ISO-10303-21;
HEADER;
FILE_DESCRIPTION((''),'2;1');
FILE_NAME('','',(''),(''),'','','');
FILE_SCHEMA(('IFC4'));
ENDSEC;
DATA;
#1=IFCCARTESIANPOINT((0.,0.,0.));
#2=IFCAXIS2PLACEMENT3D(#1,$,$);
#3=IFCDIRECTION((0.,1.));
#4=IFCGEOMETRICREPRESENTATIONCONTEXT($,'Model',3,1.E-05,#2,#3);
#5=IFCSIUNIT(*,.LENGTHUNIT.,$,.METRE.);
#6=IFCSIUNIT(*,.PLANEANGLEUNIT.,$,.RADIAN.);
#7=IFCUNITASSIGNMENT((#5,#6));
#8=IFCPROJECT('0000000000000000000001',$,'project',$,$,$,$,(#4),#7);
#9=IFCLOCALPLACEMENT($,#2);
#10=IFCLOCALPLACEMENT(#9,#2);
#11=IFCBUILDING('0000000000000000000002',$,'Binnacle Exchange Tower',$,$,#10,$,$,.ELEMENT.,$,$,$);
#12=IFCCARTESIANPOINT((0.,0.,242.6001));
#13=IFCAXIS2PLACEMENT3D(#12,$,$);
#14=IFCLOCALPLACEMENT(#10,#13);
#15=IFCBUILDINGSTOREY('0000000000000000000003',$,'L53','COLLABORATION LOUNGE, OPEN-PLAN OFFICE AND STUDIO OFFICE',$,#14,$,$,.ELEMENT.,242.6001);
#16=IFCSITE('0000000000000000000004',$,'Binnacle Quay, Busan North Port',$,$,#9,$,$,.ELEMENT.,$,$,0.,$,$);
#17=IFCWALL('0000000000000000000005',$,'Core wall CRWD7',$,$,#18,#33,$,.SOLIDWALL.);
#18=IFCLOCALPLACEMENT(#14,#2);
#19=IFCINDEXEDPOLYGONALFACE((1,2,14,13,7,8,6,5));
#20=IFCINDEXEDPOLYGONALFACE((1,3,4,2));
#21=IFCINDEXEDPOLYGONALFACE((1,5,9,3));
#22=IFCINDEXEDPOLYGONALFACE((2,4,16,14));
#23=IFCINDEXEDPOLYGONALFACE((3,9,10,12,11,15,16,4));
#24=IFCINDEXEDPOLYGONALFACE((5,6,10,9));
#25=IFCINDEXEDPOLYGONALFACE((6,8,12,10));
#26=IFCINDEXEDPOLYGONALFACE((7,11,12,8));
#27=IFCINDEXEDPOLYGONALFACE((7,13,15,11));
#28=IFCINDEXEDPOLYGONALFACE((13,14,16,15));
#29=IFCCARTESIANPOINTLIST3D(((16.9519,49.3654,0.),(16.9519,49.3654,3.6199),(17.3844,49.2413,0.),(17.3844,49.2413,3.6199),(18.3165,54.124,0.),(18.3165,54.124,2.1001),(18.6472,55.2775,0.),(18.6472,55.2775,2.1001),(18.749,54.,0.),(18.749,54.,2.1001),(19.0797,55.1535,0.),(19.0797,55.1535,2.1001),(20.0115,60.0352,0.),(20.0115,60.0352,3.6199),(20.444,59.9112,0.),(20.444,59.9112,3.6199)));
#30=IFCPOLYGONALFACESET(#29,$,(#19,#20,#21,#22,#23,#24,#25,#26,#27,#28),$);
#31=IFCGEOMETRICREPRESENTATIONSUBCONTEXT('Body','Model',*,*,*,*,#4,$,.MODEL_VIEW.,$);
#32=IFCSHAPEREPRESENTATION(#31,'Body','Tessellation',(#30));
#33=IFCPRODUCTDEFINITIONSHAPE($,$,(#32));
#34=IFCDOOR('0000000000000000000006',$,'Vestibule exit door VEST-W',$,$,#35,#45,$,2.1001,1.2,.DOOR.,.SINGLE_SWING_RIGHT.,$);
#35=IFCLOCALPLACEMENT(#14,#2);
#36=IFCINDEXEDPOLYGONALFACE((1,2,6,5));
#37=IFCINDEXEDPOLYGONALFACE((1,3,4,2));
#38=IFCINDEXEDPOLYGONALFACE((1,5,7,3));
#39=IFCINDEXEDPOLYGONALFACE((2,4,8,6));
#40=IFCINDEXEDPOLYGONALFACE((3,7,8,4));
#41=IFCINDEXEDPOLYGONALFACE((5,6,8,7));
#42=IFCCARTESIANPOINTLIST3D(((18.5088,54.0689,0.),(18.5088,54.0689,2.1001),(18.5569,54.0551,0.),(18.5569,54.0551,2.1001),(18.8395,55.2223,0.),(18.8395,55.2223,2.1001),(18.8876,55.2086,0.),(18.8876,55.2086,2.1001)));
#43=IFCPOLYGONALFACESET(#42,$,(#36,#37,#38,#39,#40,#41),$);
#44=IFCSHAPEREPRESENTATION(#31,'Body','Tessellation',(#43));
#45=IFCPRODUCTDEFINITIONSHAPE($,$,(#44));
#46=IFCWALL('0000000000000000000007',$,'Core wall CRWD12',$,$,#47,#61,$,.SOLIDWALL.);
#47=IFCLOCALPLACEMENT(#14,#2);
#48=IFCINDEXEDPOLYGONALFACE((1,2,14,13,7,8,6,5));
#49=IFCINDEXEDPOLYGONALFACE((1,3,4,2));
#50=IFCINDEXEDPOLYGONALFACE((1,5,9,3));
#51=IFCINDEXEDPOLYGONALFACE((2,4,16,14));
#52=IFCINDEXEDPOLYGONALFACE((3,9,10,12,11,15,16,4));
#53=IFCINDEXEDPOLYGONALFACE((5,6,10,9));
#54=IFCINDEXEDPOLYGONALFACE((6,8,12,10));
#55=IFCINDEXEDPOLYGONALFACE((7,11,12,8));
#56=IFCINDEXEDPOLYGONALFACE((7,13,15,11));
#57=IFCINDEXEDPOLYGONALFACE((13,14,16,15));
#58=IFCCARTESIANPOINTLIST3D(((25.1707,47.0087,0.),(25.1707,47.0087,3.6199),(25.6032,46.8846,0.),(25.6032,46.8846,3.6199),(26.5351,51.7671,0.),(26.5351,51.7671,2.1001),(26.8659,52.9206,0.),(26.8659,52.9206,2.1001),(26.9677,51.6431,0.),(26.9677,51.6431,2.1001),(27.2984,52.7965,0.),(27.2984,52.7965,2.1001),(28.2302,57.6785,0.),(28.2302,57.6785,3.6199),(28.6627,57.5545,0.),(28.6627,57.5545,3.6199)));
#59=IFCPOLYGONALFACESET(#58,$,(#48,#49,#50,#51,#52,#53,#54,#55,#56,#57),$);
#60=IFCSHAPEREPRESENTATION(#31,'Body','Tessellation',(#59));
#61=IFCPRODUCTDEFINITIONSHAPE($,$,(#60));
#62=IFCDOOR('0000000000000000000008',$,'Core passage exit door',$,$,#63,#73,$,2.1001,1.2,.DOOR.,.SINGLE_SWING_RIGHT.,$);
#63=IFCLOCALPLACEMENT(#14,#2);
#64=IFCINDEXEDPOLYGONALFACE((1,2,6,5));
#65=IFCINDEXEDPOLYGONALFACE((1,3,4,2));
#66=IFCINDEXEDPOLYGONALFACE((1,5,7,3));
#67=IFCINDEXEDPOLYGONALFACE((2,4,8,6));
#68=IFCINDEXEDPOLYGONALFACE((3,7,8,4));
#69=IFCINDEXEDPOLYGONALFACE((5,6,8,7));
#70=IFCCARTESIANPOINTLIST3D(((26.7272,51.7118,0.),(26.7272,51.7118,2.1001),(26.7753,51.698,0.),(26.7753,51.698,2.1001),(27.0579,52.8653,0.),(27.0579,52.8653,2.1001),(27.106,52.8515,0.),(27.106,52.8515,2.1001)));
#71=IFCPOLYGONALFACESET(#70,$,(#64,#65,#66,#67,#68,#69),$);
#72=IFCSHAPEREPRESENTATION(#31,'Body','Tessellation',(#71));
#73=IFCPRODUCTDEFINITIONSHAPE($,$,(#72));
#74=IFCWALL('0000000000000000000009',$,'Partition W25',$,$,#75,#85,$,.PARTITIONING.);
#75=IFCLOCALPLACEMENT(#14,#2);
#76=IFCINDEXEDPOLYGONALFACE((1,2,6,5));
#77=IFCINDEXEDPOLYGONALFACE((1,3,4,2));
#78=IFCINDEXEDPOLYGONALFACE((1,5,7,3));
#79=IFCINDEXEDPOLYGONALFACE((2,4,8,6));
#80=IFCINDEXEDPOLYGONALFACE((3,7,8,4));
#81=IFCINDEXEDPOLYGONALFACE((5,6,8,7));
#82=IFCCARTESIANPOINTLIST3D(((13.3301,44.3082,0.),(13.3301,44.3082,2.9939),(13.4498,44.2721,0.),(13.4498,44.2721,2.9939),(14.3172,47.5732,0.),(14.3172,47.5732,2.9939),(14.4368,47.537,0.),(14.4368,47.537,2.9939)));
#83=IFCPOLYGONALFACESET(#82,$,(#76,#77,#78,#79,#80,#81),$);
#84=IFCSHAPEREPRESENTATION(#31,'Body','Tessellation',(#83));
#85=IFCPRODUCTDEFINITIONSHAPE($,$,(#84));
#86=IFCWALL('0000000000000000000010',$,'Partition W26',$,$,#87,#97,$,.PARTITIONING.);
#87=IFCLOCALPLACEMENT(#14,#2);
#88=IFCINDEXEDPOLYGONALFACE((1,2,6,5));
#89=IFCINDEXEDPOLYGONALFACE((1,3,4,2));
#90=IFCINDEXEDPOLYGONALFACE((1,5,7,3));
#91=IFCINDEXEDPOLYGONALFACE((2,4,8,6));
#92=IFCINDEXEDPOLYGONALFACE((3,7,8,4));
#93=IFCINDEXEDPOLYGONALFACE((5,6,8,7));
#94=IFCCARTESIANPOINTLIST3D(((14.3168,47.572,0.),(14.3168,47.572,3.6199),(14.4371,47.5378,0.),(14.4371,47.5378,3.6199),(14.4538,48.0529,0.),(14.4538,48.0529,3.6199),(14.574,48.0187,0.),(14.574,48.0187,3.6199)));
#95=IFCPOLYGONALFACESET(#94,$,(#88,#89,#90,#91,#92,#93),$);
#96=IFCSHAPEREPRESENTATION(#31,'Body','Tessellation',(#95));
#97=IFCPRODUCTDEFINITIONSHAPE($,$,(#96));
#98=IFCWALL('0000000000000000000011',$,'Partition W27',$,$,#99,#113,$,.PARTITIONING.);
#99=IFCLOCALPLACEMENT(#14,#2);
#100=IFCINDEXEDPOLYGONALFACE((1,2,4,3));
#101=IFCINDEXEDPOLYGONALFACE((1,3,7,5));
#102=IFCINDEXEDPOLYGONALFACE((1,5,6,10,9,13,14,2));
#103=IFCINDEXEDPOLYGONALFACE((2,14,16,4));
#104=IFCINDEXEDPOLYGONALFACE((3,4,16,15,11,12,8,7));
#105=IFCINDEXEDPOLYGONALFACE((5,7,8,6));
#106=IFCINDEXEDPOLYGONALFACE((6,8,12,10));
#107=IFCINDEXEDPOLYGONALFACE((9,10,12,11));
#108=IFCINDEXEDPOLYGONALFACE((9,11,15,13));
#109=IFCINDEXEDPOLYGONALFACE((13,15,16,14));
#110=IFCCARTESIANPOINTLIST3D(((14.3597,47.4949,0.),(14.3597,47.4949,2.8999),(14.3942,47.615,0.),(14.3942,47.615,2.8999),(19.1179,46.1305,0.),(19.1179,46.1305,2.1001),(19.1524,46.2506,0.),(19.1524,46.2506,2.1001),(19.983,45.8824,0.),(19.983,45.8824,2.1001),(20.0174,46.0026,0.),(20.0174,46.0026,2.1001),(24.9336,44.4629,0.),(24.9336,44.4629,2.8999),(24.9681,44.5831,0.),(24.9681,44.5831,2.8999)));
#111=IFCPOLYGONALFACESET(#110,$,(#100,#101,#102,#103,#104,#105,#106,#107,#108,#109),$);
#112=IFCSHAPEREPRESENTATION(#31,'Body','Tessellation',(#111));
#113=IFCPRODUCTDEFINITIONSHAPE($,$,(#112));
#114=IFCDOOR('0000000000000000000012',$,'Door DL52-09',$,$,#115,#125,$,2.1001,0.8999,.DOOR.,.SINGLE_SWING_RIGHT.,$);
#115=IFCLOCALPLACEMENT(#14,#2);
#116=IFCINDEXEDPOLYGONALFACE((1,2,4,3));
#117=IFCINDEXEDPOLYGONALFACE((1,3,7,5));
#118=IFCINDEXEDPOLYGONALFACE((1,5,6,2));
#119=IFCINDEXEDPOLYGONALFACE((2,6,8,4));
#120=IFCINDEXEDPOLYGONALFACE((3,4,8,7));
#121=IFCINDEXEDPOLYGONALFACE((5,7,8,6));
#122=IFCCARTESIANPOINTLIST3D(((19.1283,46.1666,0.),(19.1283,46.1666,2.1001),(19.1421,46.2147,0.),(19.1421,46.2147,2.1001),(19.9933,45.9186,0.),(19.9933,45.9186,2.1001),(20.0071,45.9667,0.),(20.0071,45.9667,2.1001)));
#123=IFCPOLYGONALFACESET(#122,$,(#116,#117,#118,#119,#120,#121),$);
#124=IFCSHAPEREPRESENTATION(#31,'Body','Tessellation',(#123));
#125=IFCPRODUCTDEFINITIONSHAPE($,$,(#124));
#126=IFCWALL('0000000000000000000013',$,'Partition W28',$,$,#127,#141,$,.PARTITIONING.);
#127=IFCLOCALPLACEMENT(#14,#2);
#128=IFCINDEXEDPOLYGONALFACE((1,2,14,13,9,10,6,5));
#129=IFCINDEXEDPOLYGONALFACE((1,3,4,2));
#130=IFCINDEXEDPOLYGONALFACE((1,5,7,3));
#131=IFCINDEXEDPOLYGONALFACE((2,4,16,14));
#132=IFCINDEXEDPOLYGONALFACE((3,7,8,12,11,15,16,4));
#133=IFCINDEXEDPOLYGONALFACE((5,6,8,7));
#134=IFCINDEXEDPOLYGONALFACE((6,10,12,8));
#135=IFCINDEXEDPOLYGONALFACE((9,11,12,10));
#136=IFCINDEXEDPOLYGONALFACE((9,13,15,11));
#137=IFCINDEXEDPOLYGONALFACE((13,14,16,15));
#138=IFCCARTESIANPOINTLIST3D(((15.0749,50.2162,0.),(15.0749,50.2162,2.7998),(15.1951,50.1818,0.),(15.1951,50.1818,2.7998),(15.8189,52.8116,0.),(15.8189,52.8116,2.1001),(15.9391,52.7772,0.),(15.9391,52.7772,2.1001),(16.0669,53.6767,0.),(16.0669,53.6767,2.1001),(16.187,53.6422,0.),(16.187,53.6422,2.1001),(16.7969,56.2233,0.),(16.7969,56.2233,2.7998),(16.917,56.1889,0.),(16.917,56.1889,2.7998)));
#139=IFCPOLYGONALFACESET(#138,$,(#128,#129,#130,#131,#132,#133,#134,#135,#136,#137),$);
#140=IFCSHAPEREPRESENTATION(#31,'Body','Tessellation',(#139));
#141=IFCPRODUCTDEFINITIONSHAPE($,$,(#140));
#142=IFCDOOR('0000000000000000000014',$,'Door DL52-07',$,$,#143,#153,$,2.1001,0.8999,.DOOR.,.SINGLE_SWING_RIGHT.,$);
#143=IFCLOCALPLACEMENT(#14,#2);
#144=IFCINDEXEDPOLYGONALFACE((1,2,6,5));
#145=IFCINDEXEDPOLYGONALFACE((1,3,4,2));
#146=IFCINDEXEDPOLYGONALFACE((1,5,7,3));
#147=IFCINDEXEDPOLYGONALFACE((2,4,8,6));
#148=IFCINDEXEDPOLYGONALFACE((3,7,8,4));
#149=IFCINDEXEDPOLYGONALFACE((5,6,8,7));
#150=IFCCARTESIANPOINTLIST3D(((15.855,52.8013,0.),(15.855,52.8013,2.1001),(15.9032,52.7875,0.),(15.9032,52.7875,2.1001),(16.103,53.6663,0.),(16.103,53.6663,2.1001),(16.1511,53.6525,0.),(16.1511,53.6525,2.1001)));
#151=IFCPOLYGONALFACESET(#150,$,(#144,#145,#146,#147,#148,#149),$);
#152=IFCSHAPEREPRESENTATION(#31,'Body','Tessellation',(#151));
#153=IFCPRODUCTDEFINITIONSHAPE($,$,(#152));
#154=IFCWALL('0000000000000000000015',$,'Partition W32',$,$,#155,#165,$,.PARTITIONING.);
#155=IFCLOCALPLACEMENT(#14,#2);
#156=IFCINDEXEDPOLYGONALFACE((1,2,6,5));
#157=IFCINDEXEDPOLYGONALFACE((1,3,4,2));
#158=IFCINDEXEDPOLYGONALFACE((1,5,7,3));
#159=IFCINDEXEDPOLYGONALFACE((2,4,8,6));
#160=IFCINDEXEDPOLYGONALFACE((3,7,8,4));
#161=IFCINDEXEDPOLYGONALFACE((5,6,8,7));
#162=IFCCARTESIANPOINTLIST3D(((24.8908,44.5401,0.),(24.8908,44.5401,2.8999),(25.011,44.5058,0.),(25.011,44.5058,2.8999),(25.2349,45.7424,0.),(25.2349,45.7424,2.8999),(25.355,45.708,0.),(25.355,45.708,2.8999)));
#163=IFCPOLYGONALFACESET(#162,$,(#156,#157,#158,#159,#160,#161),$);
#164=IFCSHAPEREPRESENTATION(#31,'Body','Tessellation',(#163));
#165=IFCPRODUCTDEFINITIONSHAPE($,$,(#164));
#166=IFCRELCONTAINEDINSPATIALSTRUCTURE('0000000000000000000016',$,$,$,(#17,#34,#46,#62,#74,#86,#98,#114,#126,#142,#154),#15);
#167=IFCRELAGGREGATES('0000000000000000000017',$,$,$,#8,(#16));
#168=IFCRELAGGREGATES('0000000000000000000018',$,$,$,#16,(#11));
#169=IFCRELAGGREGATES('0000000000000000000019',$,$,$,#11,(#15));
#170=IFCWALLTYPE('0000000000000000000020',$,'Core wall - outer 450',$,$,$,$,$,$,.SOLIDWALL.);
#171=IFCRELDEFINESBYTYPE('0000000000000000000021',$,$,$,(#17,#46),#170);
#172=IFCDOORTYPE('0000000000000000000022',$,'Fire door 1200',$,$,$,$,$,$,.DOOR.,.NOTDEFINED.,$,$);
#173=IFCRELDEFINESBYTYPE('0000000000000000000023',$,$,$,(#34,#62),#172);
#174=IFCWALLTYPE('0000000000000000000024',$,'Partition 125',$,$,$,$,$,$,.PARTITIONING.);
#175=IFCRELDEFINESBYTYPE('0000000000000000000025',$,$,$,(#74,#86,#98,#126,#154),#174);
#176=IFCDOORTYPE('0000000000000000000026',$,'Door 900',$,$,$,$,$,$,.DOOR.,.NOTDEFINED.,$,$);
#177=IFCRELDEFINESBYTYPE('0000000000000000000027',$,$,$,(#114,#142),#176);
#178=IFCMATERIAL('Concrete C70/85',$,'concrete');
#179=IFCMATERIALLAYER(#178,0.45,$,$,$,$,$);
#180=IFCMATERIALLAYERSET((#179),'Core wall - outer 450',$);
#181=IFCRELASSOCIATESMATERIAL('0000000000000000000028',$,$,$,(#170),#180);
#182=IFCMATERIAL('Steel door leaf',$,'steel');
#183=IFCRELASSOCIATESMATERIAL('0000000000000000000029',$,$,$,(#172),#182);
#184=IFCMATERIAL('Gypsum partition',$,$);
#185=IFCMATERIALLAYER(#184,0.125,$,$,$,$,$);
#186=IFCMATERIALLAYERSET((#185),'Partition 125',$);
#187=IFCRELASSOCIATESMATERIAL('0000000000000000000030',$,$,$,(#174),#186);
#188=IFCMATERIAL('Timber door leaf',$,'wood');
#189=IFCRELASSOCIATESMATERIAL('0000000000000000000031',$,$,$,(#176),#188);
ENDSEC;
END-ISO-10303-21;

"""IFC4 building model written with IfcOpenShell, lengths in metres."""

from ifc_helpers import new_model, si_unit, direction, frame, frame_2d, origin, place, context, subcontext, project, spatial, rectangle, extrude, material, layer, layer_set, type_object, element, fill, save


model = new_model("IFC4")

# Units and contexts
model_context = context("Model", 3, precision=1e-05, world=origin(), true_north=direction((0.0, 1.0)))
body_context = subcontext(model_context, "Body", "Model", "MODEL_VIEW")
ifc_project = project(units=[si_unit("LENGTHUNIT", "METRE"), si_unit("PLANEANGLEUNIT", "RADIAN")], contexts=[model_context])

# Site, building, storey
site_placement = place(None, origin())
site = spatial("IfcSite", under=ifc_project, at=site_placement, Name="Binnacle Quay, Busan North Port", CompositionType="ELEMENT", RefElevation=0.0)
building_placement = place(site_placement, origin())
building = spatial("IfcBuilding", under=site, at=building_placement, Name="Binnacle Exchange Tower", CompositionType="ELEMENT")
storey_placement = place(building_placement, frame((0.0, 0.0, 242.6001)))
storey = spatial("IfcBuildingStorey", under=building, at=storey_placement, Name="L53", Description="COLLABORATION LOUNGE, OPEN-PLAN OFFICE AND STUDIO OFFICE", CompositionType="ELEMENT", Elevation=242.6001)

# Shared definitions
ifc_material_1 = material(Name="Concrete C70/85", Category="concrete")
ifc_layer_1 = layer(ifc_material_1, 0.45)
ifc_layer_set_1 = layer_set([ifc_layer_1], Name="Core wall - outer 450")
wall_type_1 = type_object("IfcWallType", Name="Core wall - outer 450", PredefinedType="SOLIDWALL", material=ifc_layer_set_1)

# Walls, openings, doors
wall_1_placement = place(storey_placement, frame((17.1682, 49.3035, 0.0), z_axis=(0.0, 0.0, 1.0), x_axis=(0.275639, 0.961261, 0.0)))
wall_1 = element("IfcWall", 1, at=wall_1_placement, inside=storey, type_object=wall_type_1, Name="Core wall CRWD7", PredefinedType="SOLIDWALL", context=body_context, shape_type="SweptSolid", body=[
    extrude(rectangle(XDim=11.0999, YDim=0.45, at=frame_2d((5.5498, 0.0))), origin(), (0.0, 0.0, 1.0), 3.6199),
])
opening_1_placement = place(wall_1_placement, frame((4.9502, 0.0, 0.0)))
opening_1 = element("IfcOpeningElement", 2, at=opening_1_placement, cuts=wall_1, PredefinedType="OPENING", context=body_context, shape_type="SweptSolid", body=[
    extrude(rectangle(XDim=1.2, YDim=2.1001, at=frame_2d((0.6001, 1.05))), frame((0.0, 0.2349, 0.0), z_axis=(0.0, -1.0, 0.0), x_axis=(1.0, 0.0, 0.0)), (0.0, 0.0, 1.0), 0.47),
])
ifc_material_2 = material(Name="Steel door leaf", Category="steel")
door_type_1 = type_object("IfcDoorType", Name="Fire door 1200", OperationType="NOTDEFINED", PredefinedType="DOOR", material=ifc_material_2)
door_1_placement = place(opening_1_placement, origin())
door_1 = element("IfcDoor", 3, at=door_1_placement, inside=storey, type_object=door_type_1, Name="Vestibule exit door VEST-W", OperationType="SINGLE_SWING_RIGHT", OverallHeight=2.1001, OverallWidth=1.2, PredefinedType="DOOR", context=body_context, shape_type="SweptSolid", body=[
    extrude(rectangle(XDim=1.2, YDim=2.1001, at=frame_2d((0.6001, 1.05))), frame((0.0, 0.0249, 0.0), z_axis=(0.0, -1.0, 0.0), x_axis=(1.0, 0.0, 0.0)), (0.0, 0.0, 1.0), 0.05),
])
fill(opening_1, door_1)
wall_2_placement = place(storey_placement, frame((25.387, 46.9468, 0.0), z_axis=(0.0, 0.0, 1.0), x_axis=(0.275639, 0.961261, 0.0)))
wall_2 = element("IfcWall", 4, at=wall_2_placement, inside=storey, type_object=wall_type_1, Name="Core wall CRWD12", PredefinedType="SOLIDWALL", context=body_context, shape_type="SweptSolid", body=[
    extrude(rectangle(XDim=11.0999, YDim=0.45, at=frame_2d((5.5498, 0.0))), origin(), (0.0, 0.0, 1.0), 3.6199),
])
opening_2_placement = place(wall_2_placement, frame((4.95, 0.0, 0.0)))
opening_2 = element("IfcOpeningElement", 5, at=opening_2_placement, cuts=wall_2, PredefinedType="OPENING", context=body_context, shape_type="SweptSolid", body=[
    extrude(rectangle(XDim=1.2, YDim=2.1001, at=frame_2d((0.6001, 1.05))), frame((0.0, 0.2349, 0.0), z_axis=(0.0, -1.0, 0.0), x_axis=(1.0, 0.0, 0.0)), (0.0, 0.0, 1.0), 0.47),
])
door_2_placement = place(opening_2_placement, frame((1.2, 0.0, 0.0), z_axis=(0.0, 0.0, 1.0), x_axis=(-1.0, 0.0, 0.0)))
door_2 = element("IfcDoor", 6, at=door_2_placement, inside=storey, type_object=door_type_1, Name="Core passage exit door", OperationType="SINGLE_SWING_RIGHT", OverallHeight=2.1001, OverallWidth=1.2, PredefinedType="DOOR", context=body_context, shape_type="SweptSolid", body=[
    extrude(rectangle(XDim=1.2, YDim=2.1001, at=frame_2d((0.6001, 1.05))), frame((0.0, 0.0249, 0.0), z_axis=(0.0, -1.0, 0.0), x_axis=(1.0, 0.0, 0.0)), (0.0, 0.0, 1.0), 0.05),
])
fill(opening_2, door_2)

# Walls
ifc_material_3 = material(Name="Gypsum partition")
ifc_layer_2 = layer(ifc_material_3, 0.125)
ifc_layer_set_2 = layer_set([ifc_layer_2], Name="Partition 125")
wall_type_2 = type_object("IfcWallType", Name="Partition 125", PredefinedType="PARTITIONING", material=ifc_layer_set_2)
wall_3_placement = place(storey_placement, frame((13.3899, 44.29, 0.0), z_axis=(0.0, 0.0, 1.0), x_axis=(0.28939, 0.957211, 0.0)))
element("IfcWall", 7, at=wall_3_placement, inside=storey, type_object=wall_type_2, Name="Partition W25", PredefinedType="PARTITIONING", context=body_context, shape_type="SweptSolid", body=[
    extrude(rectangle(XDim=3.4109, YDim=0.125, at=frame_2d((1.7056, 0.0))), origin(), (0.0, 0.0, 1.0), 2.9939),
])
wall_4_placement = place(storey_placement, frame((14.377, 47.5549, 0.0), z_axis=(0.0, 0.0, 1.0), x_axis=(0.273883, 0.961763, 0.0)))
element("IfcWall", 8, at=wall_4_placement, inside=storey, type_object=wall_type_2, Name="Partition W26", PredefinedType="PARTITIONING", context=body_context, shape_type="SweptSolid", body=[
    extrude(rectangle(XDim=0.5, YDim=0.125, at=frame_2d((0.25, 0.0))), origin(), (0.0, 0.0, 1.0), 3.6199),
])

# Walls, openings, doors
wall_5_placement = place(storey_placement, frame((14.377, 47.5549, 0.0), z_axis=(0.0, 0.0, 1.0), x_axis=(0.961263, -0.275633, 0.0)))
wall_5 = element("IfcWall", 9, at=wall_5_placement, inside=storey, type_object=wall_type_2, Name="Partition W27", PredefinedType="PARTITIONING", context=body_context, shape_type="SweptSolid", body=[
    extrude(rectangle(XDim=11.0, YDim=0.125, at=frame_2d((5.5, 0.0))), origin(), (0.0, 0.0, 1.0), 2.8999),
])
opening_3_placement = place(wall_5_placement, frame((4.95, 0.0, 0.0)))
opening_3 = element("IfcOpeningElement", 10, at=opening_3_placement, cuts=wall_5, PredefinedType="OPENING", context=body_context, shape_type="SweptSolid", body=[
    extrude(rectangle(XDim=0.8999, YDim=2.1001, at=frame_2d((0.45, 1.05))), frame((0.0, 0.0725, 0.0), z_axis=(0.0, -1.0, 0.0), x_axis=(1.0, 0.0, 0.0)), (0.0, 0.0, 1.0), 0.145),
])
ifc_material_4 = material(Name="Timber door leaf", Category="wood")
door_type_2 = type_object("IfcDoorType", Name="Door 900", OperationType="NOTDEFINED", PredefinedType="DOOR", material=ifc_material_4)
door_3_placement = place(opening_3_placement, frame((0.8999, 0.0, 0.0), z_axis=(0.0, 0.0, 1.0), x_axis=(-1.0, 0.0, 0.0)))
door_3 = element("IfcDoor", 11, at=door_3_placement, inside=storey, type_object=door_type_2, Name="Door DL52-09", OperationType="SINGLE_SWING_RIGHT", OverallHeight=2.1001, OverallWidth=0.8999, PredefinedType="DOOR", context=body_context, shape_type="SweptSolid", body=[
    extrude(rectangle(XDim=0.8999, YDim=2.1001, at=frame_2d((0.45, 1.05))), frame((0.0, 0.0249, 0.0), z_axis=(0.0, -1.0, 0.0), x_axis=(1.0, 0.0, 0.0)), (0.0, 0.0, 1.0), 0.05),
])
fill(opening_3, door_3)
wall_6_placement = place(storey_placement, frame((15.135, 50.199, 0.0), z_axis=(0.0, 0.0, 1.0), x_axis=(0.275552, 0.961286, 0.0)))
wall_6 = element("IfcWall", 12, at=wall_6_placement, inside=storey, type_object=wall_type_2, Name="Partition W28", PredefinedType="PARTITIONING", context=body_context, shape_type="SweptSolid", body=[
    extrude(rectangle(XDim=6.249, YDim=0.125, at=frame_2d((3.1245, 0.0))), origin(), (0.0, 0.0, 1.0), 2.7998),
])
opening_4_placement = place(wall_6_placement, frame((2.7, 0.0, 0.0)))
opening_4 = element("IfcOpeningElement", 13, at=opening_4_placement, cuts=wall_6, PredefinedType="OPENING", context=body_context, shape_type="SweptSolid", body=[
    extrude(rectangle(XDim=0.8999, YDim=2.1001, at=frame_2d((0.45, 1.05))), frame((0.0, 0.0725, 0.0), z_axis=(0.0, -1.0, 0.0), x_axis=(1.0, 0.0, 0.0)), (0.0, 0.0, 1.0), 0.145),
])
door_4_placement = place(opening_4_placement, origin())
door_4 = element("IfcDoor", 14, at=door_4_placement, inside=storey, type_object=door_type_2, Name="Door DL52-07", OperationType="SINGLE_SWING_RIGHT", OverallHeight=2.1001, OverallWidth=0.8999, PredefinedType="DOOR", context=body_context, shape_type="SweptSolid", body=[
    extrude(rectangle(XDim=0.8999, YDim=2.1001, at=frame_2d((0.45, 1.05))), frame((0.0, 0.0249, 0.0), z_axis=(0.0, -1.0, 0.0), x_axis=(1.0, 0.0, 0.0)), (0.0, 0.0, 1.0), 0.05),
])
fill(opening_4, door_4)

# Wall
wall_7_placement = place(storey_placement, frame((24.9509, 44.5229, 0.0), z_axis=(0.0, 0.0, 1.0), x_axis=(0.275108, 0.961413, 0.0)))
element("IfcWall", 15, at=wall_7_placement, inside=storey, type_object=wall_type_2, Name="Partition W32", PredefinedType="PARTITIONING", context=body_context, shape_type="SweptSolid", body=[
    extrude(rectangle(XDim=1.2505, YDim=0.125, at=frame_2d((0.6252, 0.0))), origin(), (0.0, 0.0, 1.0), 2.8999),
])

save(model, "model.ifc")
